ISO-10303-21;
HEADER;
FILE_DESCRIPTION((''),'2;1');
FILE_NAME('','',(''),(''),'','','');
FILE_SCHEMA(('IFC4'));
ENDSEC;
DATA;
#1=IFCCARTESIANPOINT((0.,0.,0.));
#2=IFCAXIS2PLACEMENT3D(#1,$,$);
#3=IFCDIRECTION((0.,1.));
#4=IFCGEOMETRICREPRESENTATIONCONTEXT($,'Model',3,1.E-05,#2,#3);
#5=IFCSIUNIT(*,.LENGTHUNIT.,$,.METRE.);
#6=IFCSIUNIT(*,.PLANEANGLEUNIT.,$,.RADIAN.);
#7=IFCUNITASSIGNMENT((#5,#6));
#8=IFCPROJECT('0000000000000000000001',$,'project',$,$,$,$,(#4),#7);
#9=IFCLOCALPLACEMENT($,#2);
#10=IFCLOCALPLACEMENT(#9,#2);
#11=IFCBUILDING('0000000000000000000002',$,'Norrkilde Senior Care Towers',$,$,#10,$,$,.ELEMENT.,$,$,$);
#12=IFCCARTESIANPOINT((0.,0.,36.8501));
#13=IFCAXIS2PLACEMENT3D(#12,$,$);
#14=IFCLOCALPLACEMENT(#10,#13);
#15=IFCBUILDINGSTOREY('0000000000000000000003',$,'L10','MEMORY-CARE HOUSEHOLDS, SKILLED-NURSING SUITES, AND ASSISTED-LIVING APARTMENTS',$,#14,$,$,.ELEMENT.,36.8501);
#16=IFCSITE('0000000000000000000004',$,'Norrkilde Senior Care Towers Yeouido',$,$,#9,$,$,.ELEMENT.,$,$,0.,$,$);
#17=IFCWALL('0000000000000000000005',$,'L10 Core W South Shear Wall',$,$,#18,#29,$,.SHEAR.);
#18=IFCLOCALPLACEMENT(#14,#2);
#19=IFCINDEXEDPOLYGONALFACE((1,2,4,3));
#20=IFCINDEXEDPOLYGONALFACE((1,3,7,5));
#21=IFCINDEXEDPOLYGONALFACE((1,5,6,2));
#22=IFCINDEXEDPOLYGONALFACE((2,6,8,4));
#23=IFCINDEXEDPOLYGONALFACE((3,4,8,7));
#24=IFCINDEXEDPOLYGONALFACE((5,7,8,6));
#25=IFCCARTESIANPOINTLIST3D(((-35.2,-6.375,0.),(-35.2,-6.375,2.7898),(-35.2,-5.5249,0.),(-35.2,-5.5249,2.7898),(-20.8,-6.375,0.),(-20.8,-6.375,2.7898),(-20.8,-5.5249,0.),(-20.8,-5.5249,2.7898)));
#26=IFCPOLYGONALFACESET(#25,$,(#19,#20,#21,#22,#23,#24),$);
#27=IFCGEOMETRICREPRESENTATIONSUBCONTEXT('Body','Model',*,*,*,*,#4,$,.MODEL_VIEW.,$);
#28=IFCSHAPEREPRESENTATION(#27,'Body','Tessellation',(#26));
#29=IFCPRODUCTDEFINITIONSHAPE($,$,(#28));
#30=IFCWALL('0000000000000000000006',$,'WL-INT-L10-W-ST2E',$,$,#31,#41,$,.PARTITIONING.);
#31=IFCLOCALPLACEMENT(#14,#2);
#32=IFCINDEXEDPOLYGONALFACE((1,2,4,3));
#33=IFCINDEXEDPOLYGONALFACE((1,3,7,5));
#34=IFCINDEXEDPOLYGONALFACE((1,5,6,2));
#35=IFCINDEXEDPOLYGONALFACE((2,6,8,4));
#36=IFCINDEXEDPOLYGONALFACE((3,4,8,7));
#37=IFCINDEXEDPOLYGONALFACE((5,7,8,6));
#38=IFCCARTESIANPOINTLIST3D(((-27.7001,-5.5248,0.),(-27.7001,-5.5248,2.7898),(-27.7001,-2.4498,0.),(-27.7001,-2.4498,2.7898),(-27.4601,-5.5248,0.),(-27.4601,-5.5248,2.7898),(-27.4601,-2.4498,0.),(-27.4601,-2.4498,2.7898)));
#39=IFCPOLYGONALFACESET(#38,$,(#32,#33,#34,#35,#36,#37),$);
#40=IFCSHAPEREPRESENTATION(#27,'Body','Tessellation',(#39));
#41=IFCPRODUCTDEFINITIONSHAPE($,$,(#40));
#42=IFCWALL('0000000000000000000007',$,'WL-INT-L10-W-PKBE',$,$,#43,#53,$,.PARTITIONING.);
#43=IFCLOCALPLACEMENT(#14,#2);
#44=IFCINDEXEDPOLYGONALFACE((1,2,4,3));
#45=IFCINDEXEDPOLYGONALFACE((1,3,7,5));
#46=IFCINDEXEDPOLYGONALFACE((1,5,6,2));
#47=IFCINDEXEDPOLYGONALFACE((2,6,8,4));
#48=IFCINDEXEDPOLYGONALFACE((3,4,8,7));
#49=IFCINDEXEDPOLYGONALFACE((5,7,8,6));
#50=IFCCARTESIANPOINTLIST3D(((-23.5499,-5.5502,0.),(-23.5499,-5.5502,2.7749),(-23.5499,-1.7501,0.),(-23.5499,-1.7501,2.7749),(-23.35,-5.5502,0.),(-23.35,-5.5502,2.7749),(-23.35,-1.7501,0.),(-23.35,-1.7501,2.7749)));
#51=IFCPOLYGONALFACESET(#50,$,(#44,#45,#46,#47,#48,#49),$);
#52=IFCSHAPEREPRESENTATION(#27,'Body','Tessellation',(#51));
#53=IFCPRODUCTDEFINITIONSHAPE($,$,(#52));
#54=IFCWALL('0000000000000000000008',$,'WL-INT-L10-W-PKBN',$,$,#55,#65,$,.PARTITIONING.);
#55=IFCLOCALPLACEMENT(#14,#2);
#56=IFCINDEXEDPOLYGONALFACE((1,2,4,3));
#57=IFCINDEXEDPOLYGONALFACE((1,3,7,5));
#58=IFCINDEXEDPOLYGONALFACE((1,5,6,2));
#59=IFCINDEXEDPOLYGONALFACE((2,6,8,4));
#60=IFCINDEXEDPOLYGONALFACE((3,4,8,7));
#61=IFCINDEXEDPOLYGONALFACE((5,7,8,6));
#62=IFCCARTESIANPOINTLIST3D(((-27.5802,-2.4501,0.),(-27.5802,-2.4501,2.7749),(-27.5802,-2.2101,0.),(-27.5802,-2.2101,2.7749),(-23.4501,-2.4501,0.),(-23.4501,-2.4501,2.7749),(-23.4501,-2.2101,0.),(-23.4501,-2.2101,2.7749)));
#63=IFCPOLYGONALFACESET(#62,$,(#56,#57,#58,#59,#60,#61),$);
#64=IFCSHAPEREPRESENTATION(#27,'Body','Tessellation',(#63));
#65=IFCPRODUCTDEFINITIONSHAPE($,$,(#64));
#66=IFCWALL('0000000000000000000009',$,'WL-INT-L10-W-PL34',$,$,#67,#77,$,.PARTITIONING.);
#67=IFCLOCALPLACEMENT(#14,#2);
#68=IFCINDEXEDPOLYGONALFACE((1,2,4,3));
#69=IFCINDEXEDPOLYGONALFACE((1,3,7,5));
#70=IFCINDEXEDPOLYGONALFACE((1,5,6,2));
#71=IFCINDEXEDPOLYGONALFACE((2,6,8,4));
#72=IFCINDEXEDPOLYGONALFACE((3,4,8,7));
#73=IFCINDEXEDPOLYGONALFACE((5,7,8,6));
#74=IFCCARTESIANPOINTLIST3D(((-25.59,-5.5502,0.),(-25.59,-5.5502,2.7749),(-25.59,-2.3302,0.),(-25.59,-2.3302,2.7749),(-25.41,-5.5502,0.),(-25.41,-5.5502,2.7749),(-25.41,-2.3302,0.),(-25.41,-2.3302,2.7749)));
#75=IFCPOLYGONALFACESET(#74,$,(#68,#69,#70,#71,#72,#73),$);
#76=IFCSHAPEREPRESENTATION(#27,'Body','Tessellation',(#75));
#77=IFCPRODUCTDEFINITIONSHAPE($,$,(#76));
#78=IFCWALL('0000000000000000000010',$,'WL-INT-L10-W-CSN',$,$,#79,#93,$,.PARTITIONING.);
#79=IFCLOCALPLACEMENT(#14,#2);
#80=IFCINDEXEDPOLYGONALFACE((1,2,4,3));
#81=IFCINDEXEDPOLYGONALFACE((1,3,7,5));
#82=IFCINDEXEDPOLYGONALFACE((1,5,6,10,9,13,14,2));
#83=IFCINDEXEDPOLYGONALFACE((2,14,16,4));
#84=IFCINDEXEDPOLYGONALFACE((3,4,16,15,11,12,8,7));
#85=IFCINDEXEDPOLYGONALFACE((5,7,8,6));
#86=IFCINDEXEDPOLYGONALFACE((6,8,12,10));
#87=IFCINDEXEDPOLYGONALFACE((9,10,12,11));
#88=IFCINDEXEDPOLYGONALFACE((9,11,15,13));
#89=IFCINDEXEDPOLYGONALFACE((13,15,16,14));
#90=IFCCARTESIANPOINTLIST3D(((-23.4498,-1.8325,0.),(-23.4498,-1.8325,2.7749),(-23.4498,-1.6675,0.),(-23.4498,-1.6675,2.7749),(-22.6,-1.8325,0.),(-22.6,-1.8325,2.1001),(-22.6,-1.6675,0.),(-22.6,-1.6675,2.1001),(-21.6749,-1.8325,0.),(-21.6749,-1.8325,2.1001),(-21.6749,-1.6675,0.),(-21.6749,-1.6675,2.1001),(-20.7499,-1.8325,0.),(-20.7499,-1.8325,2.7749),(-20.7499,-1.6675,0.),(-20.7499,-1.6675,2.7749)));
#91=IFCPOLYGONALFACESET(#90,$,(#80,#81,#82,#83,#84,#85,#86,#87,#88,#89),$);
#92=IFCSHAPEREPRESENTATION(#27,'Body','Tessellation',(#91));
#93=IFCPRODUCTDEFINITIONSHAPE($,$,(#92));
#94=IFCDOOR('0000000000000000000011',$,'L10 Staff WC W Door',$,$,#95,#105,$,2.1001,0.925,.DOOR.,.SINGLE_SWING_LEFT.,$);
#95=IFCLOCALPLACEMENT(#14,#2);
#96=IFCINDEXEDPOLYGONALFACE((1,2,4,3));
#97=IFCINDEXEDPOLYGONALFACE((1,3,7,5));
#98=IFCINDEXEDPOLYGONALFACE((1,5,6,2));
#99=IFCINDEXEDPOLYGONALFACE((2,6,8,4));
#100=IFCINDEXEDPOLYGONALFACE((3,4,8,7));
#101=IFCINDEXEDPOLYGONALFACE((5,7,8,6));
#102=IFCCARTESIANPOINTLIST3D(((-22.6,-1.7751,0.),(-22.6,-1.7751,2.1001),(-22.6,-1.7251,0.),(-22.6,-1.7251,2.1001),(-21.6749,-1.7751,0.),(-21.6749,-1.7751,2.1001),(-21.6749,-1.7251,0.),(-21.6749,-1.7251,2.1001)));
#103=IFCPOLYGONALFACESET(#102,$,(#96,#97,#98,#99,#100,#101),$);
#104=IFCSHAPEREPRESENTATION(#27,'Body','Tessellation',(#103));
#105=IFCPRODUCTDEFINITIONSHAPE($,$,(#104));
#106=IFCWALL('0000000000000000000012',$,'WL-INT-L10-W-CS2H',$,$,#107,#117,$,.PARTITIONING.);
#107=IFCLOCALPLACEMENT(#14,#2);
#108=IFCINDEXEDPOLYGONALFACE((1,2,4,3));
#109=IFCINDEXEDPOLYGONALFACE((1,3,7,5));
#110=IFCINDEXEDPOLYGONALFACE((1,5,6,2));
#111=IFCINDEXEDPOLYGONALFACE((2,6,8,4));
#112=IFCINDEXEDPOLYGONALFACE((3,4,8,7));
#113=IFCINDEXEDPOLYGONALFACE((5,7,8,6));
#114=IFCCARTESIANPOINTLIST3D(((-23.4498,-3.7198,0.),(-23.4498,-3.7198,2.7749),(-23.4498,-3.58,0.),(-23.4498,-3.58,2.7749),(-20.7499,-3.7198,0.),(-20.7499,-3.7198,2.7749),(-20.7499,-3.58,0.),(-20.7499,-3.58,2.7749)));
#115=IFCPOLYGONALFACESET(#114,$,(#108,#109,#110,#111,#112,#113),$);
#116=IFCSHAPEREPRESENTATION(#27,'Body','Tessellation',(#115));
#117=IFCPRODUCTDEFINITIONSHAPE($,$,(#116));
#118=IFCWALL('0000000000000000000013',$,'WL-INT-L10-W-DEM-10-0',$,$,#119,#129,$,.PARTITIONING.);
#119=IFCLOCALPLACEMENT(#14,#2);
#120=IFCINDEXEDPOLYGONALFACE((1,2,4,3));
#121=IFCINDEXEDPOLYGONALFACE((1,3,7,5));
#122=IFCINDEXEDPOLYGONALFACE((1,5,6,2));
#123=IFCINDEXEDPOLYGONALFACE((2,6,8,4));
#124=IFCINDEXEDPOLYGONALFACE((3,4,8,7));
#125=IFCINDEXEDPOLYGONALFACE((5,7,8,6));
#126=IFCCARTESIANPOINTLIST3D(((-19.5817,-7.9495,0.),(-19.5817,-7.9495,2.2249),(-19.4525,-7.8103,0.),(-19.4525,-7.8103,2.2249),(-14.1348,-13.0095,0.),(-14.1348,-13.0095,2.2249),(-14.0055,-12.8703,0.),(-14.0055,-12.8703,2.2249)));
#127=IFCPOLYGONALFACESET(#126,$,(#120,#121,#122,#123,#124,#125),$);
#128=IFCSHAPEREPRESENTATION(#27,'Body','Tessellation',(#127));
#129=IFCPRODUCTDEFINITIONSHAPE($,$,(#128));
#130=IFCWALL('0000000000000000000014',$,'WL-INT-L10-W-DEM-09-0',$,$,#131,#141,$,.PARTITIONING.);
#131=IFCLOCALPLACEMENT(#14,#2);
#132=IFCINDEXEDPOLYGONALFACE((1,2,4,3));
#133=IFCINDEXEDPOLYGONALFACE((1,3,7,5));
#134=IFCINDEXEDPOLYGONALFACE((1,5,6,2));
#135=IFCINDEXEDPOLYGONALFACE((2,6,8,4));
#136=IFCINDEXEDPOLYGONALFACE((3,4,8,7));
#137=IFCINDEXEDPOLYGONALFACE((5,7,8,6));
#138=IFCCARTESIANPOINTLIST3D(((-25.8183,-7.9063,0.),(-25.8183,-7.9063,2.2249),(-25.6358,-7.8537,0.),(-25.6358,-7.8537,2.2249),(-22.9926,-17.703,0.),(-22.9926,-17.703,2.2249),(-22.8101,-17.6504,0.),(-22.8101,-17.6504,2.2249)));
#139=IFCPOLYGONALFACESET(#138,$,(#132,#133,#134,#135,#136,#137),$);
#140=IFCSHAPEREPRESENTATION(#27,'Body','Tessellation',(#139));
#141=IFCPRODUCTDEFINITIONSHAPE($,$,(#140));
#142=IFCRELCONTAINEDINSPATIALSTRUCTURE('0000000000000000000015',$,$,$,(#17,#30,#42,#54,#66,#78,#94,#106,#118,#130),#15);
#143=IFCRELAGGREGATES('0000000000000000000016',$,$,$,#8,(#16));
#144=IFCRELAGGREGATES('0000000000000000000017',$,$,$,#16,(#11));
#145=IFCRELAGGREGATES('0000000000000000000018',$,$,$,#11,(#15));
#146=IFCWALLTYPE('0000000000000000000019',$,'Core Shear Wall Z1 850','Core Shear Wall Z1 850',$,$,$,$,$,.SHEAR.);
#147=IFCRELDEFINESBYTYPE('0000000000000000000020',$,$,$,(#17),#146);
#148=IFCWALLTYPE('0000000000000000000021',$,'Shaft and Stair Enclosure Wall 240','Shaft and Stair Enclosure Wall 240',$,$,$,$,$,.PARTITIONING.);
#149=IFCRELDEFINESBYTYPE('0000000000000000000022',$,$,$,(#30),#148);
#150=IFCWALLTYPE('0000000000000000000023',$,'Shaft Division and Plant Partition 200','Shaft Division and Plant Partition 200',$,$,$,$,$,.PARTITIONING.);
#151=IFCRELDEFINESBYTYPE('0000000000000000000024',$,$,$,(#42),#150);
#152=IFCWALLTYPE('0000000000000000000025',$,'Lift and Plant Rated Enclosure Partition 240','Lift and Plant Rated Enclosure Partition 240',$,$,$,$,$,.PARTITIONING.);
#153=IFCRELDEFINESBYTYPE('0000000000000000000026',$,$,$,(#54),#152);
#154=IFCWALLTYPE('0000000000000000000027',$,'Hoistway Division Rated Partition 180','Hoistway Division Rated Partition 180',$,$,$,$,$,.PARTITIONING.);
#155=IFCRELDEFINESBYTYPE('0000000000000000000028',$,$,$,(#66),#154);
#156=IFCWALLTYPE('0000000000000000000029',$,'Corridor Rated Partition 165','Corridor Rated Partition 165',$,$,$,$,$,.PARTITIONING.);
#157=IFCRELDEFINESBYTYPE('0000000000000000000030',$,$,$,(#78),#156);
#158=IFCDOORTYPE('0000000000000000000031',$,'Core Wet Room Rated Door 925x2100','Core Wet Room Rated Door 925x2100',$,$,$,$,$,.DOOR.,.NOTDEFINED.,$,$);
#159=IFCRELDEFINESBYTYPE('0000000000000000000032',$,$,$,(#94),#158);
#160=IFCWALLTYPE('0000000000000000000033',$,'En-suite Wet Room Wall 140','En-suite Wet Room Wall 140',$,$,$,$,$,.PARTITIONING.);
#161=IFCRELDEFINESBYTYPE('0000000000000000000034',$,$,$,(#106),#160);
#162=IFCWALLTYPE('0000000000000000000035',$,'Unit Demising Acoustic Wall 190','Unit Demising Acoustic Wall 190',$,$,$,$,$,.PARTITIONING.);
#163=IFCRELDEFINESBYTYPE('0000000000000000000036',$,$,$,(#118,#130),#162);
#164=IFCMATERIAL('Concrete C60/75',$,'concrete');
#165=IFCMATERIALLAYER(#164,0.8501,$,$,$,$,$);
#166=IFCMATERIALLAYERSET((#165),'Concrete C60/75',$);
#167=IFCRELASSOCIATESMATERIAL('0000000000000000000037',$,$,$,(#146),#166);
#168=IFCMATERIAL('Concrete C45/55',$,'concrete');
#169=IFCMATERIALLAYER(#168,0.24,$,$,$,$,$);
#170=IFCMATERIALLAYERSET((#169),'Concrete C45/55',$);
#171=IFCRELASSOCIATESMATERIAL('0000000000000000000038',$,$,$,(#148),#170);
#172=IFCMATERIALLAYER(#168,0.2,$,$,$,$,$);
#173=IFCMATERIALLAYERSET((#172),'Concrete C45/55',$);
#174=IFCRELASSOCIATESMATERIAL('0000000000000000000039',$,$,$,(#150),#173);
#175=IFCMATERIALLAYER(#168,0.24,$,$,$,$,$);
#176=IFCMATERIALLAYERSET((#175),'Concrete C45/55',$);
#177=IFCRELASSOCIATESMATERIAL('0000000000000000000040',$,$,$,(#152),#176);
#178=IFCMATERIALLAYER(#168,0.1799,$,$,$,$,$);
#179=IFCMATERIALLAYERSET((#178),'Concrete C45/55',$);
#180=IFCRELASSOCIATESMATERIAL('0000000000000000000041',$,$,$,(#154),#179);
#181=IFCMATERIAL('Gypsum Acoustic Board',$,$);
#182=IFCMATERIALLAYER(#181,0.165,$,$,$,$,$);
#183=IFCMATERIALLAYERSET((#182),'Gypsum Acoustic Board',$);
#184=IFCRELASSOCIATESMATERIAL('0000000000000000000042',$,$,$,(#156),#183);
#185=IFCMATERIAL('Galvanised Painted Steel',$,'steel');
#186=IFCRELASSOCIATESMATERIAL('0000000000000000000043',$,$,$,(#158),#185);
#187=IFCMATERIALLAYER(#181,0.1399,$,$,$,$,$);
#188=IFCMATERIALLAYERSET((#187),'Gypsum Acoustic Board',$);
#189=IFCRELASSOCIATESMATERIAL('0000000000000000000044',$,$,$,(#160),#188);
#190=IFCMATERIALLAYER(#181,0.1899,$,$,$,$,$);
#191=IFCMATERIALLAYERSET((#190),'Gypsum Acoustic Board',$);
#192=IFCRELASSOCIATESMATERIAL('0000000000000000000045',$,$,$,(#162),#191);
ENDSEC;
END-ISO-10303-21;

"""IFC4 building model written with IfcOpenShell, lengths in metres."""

from ifc_helpers import new_model, si_unit, direction, frame, frame_2d, origin, place, context, subcontext, project, spatial, rectangle, extrude, source, transform, mapped, material, layer, layer_set, type_object, type_shapes, element, fill, save


model = new_model("IFC4")

# Units and contexts
model_context = context("Model", 3, precision=1e-05, world=origin(), true_north=direction((0.0, 1.0)))
body_context = subcontext(model_context, "Body", "Model", "MODEL_VIEW")
ifc_project = project(units=[si_unit("LENGTHUNIT", "METRE"), si_unit("PLANEANGLEUNIT", "RADIAN")], contexts=[model_context])

# Site, building, storey
site_placement = place(None, origin())
site = spatial("IfcSite", under=ifc_project, at=site_placement, Name="Norrkilde Senior Care Towers Yeouido", CompositionType="ELEMENT", RefElevation=0.0)
building_placement = place(site_placement, origin())
building = spatial("IfcBuilding", under=site, at=building_placement, Name="Norrkilde Senior Care Towers", CompositionType="ELEMENT")
storey_placement = place(building_placement, frame((0.0, 0.0, 36.8501)))
storey = spatial("IfcBuildingStorey", under=building, at=storey_placement, Name="L10", Description="MEMORY-CARE HOUSEHOLDS, SKILLED-NURSING SUITES, AND ASSISTED-LIVING APARTMENTS", CompositionType="ELEMENT", Elevation=36.8501)

# Shared definitions
ifc_material_1 = material(Name="Concrete C60/75", Category="concrete")

# Walls
ifc_layer_1 = layer(ifc_material_1, 0.8501)
ifc_layer_set_1 = layer_set([ifc_layer_1], Name="Concrete C60/75")
wall_type_1 = type_object("IfcWallType", Name="Core Shear Wall Z1 850", Description="Core Shear Wall Z1 850", PredefinedType="SHEAR", material=ifc_layer_set_1)
shared_shape_1 = source(origin(), body_context, "Body", "SweptSolid", [
    extrude(rectangle(XDim=14.3999, YDim=0.8501, at=frame_2d((7.2, 0.0))), origin(), (0.0, 0.0, 1.0), 2.7898),
])
type_shapes(wall_type_1, [shared_shape_1])
wall_1_placement = place(storey_placement, frame((-20.8, -5.95, 0.0), z_axis=(0.0, 0.0, 1.0), x_axis=(-1.0, 0.0, 0.0)))
element("IfcWall", 1, at=wall_1_placement, inside=storey, type_object=wall_type_1, Name="L10 Core W South Shear Wall", PredefinedType="SHEAR", context=body_context, shape_type="MappedRepresentation", body=[
    mapped(shared_shape_1, transform((0.0, 0.0, 0.0), x_axis=(1.0, 0.0, 0.0), y_axis=(0.0, 1.0, 0.0), z_axis=(0.0, 0.0, 1.0), scale=1.0)),
])
ifc_material_2 = material(Name="Concrete C45/55", Category="concrete")
ifc_layer_2 = layer(ifc_material_2, 0.24)
ifc_layer_set_2 = layer_set([ifc_layer_2], Name="Concrete C45/55")
wall_type_2 = type_object("IfcWallType", Name="Shaft and Stair Enclosure Wall 240", Description="Shaft and Stair Enclosure Wall 240", PredefinedType="PARTITIONING", material=ifc_layer_set_2)
shared_shape_2 = source(origin(), body_context, "Body", "SweptSolid", [
    extrude(rectangle(XDim=3.075, YDim=0.24, at=frame_2d((1.5376, 0.0))), origin(), (0.0, 0.0, 1.0), 2.7898),
])
type_shapes(wall_type_2, [shared_shape_2])
wall_2_placement = place(storey_placement, frame((-27.5801, -5.5249, 0.0), z_axis=(0.0, 0.0, 1.0), x_axis=(0.0, 1.0, 0.0)))
element("IfcWall", 2, at=wall_2_placement, inside=storey, type_object=wall_type_2, Name="WL-INT-L10-W-ST2E", PredefinedType="PARTITIONING", context=body_context, shape_type="MappedRepresentation", body=[
    mapped(shared_shape_2, transform((0.0, 0.0, 0.0), x_axis=(1.0, 0.0, 0.0), y_axis=(0.0, 1.0, 0.0), z_axis=(0.0, 0.0, 1.0), scale=1.0)),
])

# Shared definitions
ifc_material_3 = material(Name="Galvanised Painted Steel", Category="steel")

# Walls
ifc_layer_3 = layer(ifc_material_2, 0.2)
ifc_layer_set_3 = layer_set([ifc_layer_3], Name="Concrete C45/55")
wall_type_3 = type_object("IfcWallType", Name="Shaft Division and Plant Partition 200", Description="Shaft Division and Plant Partition 200", PredefinedType="PARTITIONING", material=ifc_layer_set_3)
shared_shape_3 = source(origin(), body_context, "Body", "SweptSolid", [
    extrude(rectangle(XDim=3.8, YDim=0.2, at=frame_2d((1.8999, 0.0))), origin(), (0.0, 0.0, 1.0), 2.7749),
])
type_shapes(wall_type_3, [shared_shape_3])
wall_3_placement = place(storey_placement, frame((-23.45, -5.55, 0.0), z_axis=(0.0, 0.0, 1.0), x_axis=(0.0, 1.0, 0.0)))
element("IfcWall", 3, at=wall_3_placement, inside=storey, type_object=wall_type_3, Name="WL-INT-L10-W-PKBE", PredefinedType="PARTITIONING", context=body_context, shape_type="MappedRepresentation", body=[
    mapped(shared_shape_3, transform((0.0, 0.0, 0.0), x_axis=(1.0, 0.0, 0.0), y_axis=(0.0, 1.0, 0.0), z_axis=(0.0, 0.0, 1.0), scale=1.0)),
])
ifc_layer_4 = layer(ifc_material_2, 0.24)
ifc_layer_set_4 = layer_set([ifc_layer_4], Name="Concrete C45/55")
wall_type_4 = type_object("IfcWallType", Name="Lift and Plant Rated Enclosure Partition 240", Description="Lift and Plant Rated Enclosure Partition 240", PredefinedType="PARTITIONING", material=ifc_layer_set_4)
shared_shape_4 = source(origin(), body_context, "Body", "SweptSolid", [
    extrude(rectangle(XDim=4.1301, YDim=0.24, at=frame_2d((2.0649, 0.0))), origin(), (0.0, 0.0, 1.0), 2.7749),
])
type_shapes(wall_type_4, [shared_shape_4])
wall_4_placement = place(storey_placement, frame((-27.5801, -2.3301, 0.0), z_axis=(0.0, 0.0, 1.0), x_axis=(1.0, 0.0, 0.0)))
element("IfcWall", 4, at=wall_4_placement, inside=storey, type_object=wall_type_4, Name="WL-INT-L10-W-PKBN", PredefinedType="PARTITIONING", context=body_context, shape_type="MappedRepresentation", body=[
    mapped(shared_shape_4, transform((0.0, 0.0, 0.0), x_axis=(1.0, 0.0, 0.0), y_axis=(0.0, 1.0, 0.0), z_axis=(0.0, 0.0, 1.0), scale=1.0)),
])
ifc_layer_5 = layer(ifc_material_2, 0.1799)
ifc_layer_set_5 = layer_set([ifc_layer_5], Name="Concrete C45/55")
wall_type_5 = type_object("IfcWallType", Name="Hoistway Division Rated Partition 180", Description="Hoistway Division Rated Partition 180", PredefinedType="PARTITIONING", material=ifc_layer_set_5)
shared_shape_5 = source(origin(), body_context, "Body", "SweptSolid", [
    extrude(rectangle(XDim=3.22, YDim=0.1799, at=frame_2d((1.6099, 0.0))), origin(), (0.0, 0.0, 1.0), 2.7749),
])
type_shapes(wall_type_5, [shared_shape_5])
wall_5_placement = place(storey_placement, frame((-25.5, -5.55, 0.0), z_axis=(0.0, 0.0, 1.0), x_axis=(0.0, 1.0, 0.0)))
element("IfcWall", 5, at=wall_5_placement, inside=storey, type_object=wall_type_5, Name="WL-INT-L10-W-PL34", PredefinedType="PARTITIONING", context=body_context, shape_type="MappedRepresentation", body=[
    mapped(shared_shape_5, transform((0.0, 0.0, 0.0), x_axis=(1.0, 0.0, 0.0), y_axis=(0.0, 1.0, 0.0), z_axis=(0.0, 0.0, 1.0), scale=1.0)),
])

# Wall, opening, door
ifc_material_4 = material(Name="Gypsum Acoustic Board")
ifc_layer_6 = layer(ifc_material_4, 0.165)
ifc_layer_set_6 = layer_set([ifc_layer_6], Name="Gypsum Acoustic Board")
wall_type_6 = type_object("IfcWallType", Name="Corridor Rated Partition 165", Description="Corridor Rated Partition 165", PredefinedType="PARTITIONING", material=ifc_layer_set_6)
shared_shape_6 = source(origin(), body_context, "Body", "SweptSolid", [
    extrude(rectangle(XDim=2.7, YDim=0.165, at=frame_2d((1.3501, 0.0))), origin(), (0.0, 0.0, 1.0), 2.7749),
])
type_shapes(wall_type_6, [shared_shape_6])
wall_6_placement = place(storey_placement, frame((-23.45, -1.75, 0.0), z_axis=(0.0, 0.0, 1.0), x_axis=(1.0, 0.0, 0.0)))
wall_6 = element("IfcWall", 6, at=wall_6_placement, inside=storey, type_object=wall_type_6, Name="WL-INT-L10-W-CSN", PredefinedType="PARTITIONING", context=body_context, shape_type="MappedRepresentation", body=[
    mapped(shared_shape_6, transform((0.0, 0.0, 0.0), x_axis=(1.0, 0.0, 0.0), y_axis=(0.0, 1.0, 0.0), z_axis=(0.0, 0.0, 1.0), scale=1.0)),
])
opening_1_placement = place(wall_6_placement, frame((0.8501, 0.0, 0.0)))
opening_1 = element("IfcOpeningElement", 7, at=opening_1_placement, cuts=wall_6, PredefinedType="OPENING", context=body_context, shape_type="SweptSolid", body=[
    extrude(rectangle(XDim=0.925, YDim=2.1001, at=frame_2d((0.4624, 1.05))), frame((0.0, 0.0925, 0.0), z_axis=(0.0, -1.0, 0.0), x_axis=(1.0, 0.0, 0.0)), (0.0, 0.0, 1.0), 0.1851),
])
door_type_1 = type_object("IfcDoorType", Name="Core Wet Room Rated Door 925x2100", Description="Core Wet Room Rated Door 925x2100", OperationType="NOTDEFINED", PredefinedType="DOOR", material=ifc_material_3)
shared_shape_7 = source(origin(), body_context, "Body", "SweptSolid", [
    extrude(rectangle(XDim=0.925, YDim=2.1001, at=frame_2d((0.4624, 1.05))), frame((0.0, 0.0249, 0.0), z_axis=(0.0, -1.0, 0.0), x_axis=(1.0, 0.0, 0.0)), (0.0, 0.0, 1.0), 0.05),
])
type_shapes(door_type_1, [shared_shape_7])
door_1_placement = place(opening_1_placement, origin())
door_1 = element("IfcDoor", 8, at=door_1_placement, inside=storey, type_object=door_type_1, Name="L10 Staff WC W Door", OperationType="SINGLE_SWING_LEFT", OverallHeight=2.1001, OverallWidth=0.925, PredefinedType="DOOR", context=body_context, shape_type="MappedRepresentation", body=[
    mapped(shared_shape_7, transform((0.0, 0.0, 0.0), x_axis=(1.0, 0.0, 0.0), y_axis=(0.0, 1.0, 0.0), z_axis=(0.0, 0.0, 1.0), scale=1.0)),
])
fill(opening_1, door_1)

# Walls
ifc_layer_7 = layer(ifc_material_4, 0.1399)
ifc_layer_set_7 = layer_set([ifc_layer_7], Name="Gypsum Acoustic Board")
wall_type_7 = type_object("IfcWallType", Name="En-suite Wet Room Wall 140", Description="En-suite Wet Room Wall 140", PredefinedType="PARTITIONING", material=ifc_layer_set_7)
shared_shape_8 = source(origin(), body_context, "Body", "SweptSolid", [
    extrude(rectangle(XDim=2.7, YDim=0.1399, at=frame_2d((1.3501, 0.0))), origin(), (0.0, 0.0, 1.0), 2.7749),
])
type_shapes(wall_type_7, [shared_shape_8])
wall_7_placement = place(storey_placement, frame((-23.45, -3.6499, 0.0), z_axis=(0.0, 0.0, 1.0), x_axis=(1.0, 0.0, 0.0)))
element("IfcWall", 9, at=wall_7_placement, inside=storey, type_object=wall_type_7, Name="WL-INT-L10-W-CS2H", PredefinedType="PARTITIONING", context=body_context, shape_type="MappedRepresentation", body=[
    mapped(shared_shape_8, transform((0.0, 0.0, 0.0), x_axis=(1.0, 0.0, 0.0), y_axis=(0.0, 1.0, 0.0), z_axis=(0.0, 0.0, 1.0), scale=1.0)),
])
ifc_layer_8 = layer(ifc_material_4, 0.1899)
ifc_layer_set_8 = layer_set([ifc_layer_8], Name="Gypsum Acoustic Board")
wall_type_8 = type_object("IfcWallType", Name="Unit Demising Acoustic Wall 190", Description="Unit Demising Acoustic Wall 190", PredefinedType="PARTITIONING", material=ifc_layer_set_8)
shared_shape_9 = source(origin(), body_context, "Body", "SweptSolid", [
    extrude(rectangle(XDim=7.4346, YDim=0.1899, at=frame_2d((3.7173, 0.0))), origin(), (0.0, 0.0, 1.0), 2.2249),
])
wall_8_placement = place(storey_placement, frame((-19.5171, -7.8799, 0.0), z_axis=(0.0, 0.0, 1.0), x_axis=(0.732652, -0.680603, 0.0)))
element("IfcWall", 10, at=wall_8_placement, inside=storey, type_object=wall_type_8, Name="WL-INT-L10-W-DEM-10-0", PredefinedType="PARTITIONING", context=body_context, shape_type="MappedRepresentation", body=[
    mapped(shared_shape_9, transform((0.0, 0.0, 0.0), x_axis=(1.0, 0.0, 0.0), y_axis=(0.0, 1.0, 0.0), z_axis=(0.0, 0.0, 1.0), scale=1.0)),
])
shared_shape_10 = source(origin(), body_context, "Body", "SweptSolid", [
    extrude(rectangle(XDim=10.196, YDim=0.1899, at=frame_2d((5.0981, 0.0))), origin(), (0.0, 0.0, 1.0), 2.2249),
])
type_shapes(wall_type_8, [shared_shape_9, shared_shape_10])
wall_9_placement = place(storey_placement, frame((-25.7271, -7.8799, 0.0), z_axis=(0.0, 0.0, 1.0), x_axis=(0.277136, -0.960831, 0.0)))
element("IfcWall", 11, at=wall_9_placement, inside=storey, type_object=wall_type_8, Name="WL-INT-L10-W-DEM-09-0", PredefinedType="PARTITIONING", context=body_context, shape_type="MappedRepresentation", body=[
    mapped(shared_shape_10, transform((0.0, 0.0, 0.0), x_axis=(1.0, 0.0, 0.0), y_axis=(0.0, 1.0, 0.0), z_axis=(0.0, 0.0, 1.0), scale=1.0)),
])

save(model, "model.ifc")
